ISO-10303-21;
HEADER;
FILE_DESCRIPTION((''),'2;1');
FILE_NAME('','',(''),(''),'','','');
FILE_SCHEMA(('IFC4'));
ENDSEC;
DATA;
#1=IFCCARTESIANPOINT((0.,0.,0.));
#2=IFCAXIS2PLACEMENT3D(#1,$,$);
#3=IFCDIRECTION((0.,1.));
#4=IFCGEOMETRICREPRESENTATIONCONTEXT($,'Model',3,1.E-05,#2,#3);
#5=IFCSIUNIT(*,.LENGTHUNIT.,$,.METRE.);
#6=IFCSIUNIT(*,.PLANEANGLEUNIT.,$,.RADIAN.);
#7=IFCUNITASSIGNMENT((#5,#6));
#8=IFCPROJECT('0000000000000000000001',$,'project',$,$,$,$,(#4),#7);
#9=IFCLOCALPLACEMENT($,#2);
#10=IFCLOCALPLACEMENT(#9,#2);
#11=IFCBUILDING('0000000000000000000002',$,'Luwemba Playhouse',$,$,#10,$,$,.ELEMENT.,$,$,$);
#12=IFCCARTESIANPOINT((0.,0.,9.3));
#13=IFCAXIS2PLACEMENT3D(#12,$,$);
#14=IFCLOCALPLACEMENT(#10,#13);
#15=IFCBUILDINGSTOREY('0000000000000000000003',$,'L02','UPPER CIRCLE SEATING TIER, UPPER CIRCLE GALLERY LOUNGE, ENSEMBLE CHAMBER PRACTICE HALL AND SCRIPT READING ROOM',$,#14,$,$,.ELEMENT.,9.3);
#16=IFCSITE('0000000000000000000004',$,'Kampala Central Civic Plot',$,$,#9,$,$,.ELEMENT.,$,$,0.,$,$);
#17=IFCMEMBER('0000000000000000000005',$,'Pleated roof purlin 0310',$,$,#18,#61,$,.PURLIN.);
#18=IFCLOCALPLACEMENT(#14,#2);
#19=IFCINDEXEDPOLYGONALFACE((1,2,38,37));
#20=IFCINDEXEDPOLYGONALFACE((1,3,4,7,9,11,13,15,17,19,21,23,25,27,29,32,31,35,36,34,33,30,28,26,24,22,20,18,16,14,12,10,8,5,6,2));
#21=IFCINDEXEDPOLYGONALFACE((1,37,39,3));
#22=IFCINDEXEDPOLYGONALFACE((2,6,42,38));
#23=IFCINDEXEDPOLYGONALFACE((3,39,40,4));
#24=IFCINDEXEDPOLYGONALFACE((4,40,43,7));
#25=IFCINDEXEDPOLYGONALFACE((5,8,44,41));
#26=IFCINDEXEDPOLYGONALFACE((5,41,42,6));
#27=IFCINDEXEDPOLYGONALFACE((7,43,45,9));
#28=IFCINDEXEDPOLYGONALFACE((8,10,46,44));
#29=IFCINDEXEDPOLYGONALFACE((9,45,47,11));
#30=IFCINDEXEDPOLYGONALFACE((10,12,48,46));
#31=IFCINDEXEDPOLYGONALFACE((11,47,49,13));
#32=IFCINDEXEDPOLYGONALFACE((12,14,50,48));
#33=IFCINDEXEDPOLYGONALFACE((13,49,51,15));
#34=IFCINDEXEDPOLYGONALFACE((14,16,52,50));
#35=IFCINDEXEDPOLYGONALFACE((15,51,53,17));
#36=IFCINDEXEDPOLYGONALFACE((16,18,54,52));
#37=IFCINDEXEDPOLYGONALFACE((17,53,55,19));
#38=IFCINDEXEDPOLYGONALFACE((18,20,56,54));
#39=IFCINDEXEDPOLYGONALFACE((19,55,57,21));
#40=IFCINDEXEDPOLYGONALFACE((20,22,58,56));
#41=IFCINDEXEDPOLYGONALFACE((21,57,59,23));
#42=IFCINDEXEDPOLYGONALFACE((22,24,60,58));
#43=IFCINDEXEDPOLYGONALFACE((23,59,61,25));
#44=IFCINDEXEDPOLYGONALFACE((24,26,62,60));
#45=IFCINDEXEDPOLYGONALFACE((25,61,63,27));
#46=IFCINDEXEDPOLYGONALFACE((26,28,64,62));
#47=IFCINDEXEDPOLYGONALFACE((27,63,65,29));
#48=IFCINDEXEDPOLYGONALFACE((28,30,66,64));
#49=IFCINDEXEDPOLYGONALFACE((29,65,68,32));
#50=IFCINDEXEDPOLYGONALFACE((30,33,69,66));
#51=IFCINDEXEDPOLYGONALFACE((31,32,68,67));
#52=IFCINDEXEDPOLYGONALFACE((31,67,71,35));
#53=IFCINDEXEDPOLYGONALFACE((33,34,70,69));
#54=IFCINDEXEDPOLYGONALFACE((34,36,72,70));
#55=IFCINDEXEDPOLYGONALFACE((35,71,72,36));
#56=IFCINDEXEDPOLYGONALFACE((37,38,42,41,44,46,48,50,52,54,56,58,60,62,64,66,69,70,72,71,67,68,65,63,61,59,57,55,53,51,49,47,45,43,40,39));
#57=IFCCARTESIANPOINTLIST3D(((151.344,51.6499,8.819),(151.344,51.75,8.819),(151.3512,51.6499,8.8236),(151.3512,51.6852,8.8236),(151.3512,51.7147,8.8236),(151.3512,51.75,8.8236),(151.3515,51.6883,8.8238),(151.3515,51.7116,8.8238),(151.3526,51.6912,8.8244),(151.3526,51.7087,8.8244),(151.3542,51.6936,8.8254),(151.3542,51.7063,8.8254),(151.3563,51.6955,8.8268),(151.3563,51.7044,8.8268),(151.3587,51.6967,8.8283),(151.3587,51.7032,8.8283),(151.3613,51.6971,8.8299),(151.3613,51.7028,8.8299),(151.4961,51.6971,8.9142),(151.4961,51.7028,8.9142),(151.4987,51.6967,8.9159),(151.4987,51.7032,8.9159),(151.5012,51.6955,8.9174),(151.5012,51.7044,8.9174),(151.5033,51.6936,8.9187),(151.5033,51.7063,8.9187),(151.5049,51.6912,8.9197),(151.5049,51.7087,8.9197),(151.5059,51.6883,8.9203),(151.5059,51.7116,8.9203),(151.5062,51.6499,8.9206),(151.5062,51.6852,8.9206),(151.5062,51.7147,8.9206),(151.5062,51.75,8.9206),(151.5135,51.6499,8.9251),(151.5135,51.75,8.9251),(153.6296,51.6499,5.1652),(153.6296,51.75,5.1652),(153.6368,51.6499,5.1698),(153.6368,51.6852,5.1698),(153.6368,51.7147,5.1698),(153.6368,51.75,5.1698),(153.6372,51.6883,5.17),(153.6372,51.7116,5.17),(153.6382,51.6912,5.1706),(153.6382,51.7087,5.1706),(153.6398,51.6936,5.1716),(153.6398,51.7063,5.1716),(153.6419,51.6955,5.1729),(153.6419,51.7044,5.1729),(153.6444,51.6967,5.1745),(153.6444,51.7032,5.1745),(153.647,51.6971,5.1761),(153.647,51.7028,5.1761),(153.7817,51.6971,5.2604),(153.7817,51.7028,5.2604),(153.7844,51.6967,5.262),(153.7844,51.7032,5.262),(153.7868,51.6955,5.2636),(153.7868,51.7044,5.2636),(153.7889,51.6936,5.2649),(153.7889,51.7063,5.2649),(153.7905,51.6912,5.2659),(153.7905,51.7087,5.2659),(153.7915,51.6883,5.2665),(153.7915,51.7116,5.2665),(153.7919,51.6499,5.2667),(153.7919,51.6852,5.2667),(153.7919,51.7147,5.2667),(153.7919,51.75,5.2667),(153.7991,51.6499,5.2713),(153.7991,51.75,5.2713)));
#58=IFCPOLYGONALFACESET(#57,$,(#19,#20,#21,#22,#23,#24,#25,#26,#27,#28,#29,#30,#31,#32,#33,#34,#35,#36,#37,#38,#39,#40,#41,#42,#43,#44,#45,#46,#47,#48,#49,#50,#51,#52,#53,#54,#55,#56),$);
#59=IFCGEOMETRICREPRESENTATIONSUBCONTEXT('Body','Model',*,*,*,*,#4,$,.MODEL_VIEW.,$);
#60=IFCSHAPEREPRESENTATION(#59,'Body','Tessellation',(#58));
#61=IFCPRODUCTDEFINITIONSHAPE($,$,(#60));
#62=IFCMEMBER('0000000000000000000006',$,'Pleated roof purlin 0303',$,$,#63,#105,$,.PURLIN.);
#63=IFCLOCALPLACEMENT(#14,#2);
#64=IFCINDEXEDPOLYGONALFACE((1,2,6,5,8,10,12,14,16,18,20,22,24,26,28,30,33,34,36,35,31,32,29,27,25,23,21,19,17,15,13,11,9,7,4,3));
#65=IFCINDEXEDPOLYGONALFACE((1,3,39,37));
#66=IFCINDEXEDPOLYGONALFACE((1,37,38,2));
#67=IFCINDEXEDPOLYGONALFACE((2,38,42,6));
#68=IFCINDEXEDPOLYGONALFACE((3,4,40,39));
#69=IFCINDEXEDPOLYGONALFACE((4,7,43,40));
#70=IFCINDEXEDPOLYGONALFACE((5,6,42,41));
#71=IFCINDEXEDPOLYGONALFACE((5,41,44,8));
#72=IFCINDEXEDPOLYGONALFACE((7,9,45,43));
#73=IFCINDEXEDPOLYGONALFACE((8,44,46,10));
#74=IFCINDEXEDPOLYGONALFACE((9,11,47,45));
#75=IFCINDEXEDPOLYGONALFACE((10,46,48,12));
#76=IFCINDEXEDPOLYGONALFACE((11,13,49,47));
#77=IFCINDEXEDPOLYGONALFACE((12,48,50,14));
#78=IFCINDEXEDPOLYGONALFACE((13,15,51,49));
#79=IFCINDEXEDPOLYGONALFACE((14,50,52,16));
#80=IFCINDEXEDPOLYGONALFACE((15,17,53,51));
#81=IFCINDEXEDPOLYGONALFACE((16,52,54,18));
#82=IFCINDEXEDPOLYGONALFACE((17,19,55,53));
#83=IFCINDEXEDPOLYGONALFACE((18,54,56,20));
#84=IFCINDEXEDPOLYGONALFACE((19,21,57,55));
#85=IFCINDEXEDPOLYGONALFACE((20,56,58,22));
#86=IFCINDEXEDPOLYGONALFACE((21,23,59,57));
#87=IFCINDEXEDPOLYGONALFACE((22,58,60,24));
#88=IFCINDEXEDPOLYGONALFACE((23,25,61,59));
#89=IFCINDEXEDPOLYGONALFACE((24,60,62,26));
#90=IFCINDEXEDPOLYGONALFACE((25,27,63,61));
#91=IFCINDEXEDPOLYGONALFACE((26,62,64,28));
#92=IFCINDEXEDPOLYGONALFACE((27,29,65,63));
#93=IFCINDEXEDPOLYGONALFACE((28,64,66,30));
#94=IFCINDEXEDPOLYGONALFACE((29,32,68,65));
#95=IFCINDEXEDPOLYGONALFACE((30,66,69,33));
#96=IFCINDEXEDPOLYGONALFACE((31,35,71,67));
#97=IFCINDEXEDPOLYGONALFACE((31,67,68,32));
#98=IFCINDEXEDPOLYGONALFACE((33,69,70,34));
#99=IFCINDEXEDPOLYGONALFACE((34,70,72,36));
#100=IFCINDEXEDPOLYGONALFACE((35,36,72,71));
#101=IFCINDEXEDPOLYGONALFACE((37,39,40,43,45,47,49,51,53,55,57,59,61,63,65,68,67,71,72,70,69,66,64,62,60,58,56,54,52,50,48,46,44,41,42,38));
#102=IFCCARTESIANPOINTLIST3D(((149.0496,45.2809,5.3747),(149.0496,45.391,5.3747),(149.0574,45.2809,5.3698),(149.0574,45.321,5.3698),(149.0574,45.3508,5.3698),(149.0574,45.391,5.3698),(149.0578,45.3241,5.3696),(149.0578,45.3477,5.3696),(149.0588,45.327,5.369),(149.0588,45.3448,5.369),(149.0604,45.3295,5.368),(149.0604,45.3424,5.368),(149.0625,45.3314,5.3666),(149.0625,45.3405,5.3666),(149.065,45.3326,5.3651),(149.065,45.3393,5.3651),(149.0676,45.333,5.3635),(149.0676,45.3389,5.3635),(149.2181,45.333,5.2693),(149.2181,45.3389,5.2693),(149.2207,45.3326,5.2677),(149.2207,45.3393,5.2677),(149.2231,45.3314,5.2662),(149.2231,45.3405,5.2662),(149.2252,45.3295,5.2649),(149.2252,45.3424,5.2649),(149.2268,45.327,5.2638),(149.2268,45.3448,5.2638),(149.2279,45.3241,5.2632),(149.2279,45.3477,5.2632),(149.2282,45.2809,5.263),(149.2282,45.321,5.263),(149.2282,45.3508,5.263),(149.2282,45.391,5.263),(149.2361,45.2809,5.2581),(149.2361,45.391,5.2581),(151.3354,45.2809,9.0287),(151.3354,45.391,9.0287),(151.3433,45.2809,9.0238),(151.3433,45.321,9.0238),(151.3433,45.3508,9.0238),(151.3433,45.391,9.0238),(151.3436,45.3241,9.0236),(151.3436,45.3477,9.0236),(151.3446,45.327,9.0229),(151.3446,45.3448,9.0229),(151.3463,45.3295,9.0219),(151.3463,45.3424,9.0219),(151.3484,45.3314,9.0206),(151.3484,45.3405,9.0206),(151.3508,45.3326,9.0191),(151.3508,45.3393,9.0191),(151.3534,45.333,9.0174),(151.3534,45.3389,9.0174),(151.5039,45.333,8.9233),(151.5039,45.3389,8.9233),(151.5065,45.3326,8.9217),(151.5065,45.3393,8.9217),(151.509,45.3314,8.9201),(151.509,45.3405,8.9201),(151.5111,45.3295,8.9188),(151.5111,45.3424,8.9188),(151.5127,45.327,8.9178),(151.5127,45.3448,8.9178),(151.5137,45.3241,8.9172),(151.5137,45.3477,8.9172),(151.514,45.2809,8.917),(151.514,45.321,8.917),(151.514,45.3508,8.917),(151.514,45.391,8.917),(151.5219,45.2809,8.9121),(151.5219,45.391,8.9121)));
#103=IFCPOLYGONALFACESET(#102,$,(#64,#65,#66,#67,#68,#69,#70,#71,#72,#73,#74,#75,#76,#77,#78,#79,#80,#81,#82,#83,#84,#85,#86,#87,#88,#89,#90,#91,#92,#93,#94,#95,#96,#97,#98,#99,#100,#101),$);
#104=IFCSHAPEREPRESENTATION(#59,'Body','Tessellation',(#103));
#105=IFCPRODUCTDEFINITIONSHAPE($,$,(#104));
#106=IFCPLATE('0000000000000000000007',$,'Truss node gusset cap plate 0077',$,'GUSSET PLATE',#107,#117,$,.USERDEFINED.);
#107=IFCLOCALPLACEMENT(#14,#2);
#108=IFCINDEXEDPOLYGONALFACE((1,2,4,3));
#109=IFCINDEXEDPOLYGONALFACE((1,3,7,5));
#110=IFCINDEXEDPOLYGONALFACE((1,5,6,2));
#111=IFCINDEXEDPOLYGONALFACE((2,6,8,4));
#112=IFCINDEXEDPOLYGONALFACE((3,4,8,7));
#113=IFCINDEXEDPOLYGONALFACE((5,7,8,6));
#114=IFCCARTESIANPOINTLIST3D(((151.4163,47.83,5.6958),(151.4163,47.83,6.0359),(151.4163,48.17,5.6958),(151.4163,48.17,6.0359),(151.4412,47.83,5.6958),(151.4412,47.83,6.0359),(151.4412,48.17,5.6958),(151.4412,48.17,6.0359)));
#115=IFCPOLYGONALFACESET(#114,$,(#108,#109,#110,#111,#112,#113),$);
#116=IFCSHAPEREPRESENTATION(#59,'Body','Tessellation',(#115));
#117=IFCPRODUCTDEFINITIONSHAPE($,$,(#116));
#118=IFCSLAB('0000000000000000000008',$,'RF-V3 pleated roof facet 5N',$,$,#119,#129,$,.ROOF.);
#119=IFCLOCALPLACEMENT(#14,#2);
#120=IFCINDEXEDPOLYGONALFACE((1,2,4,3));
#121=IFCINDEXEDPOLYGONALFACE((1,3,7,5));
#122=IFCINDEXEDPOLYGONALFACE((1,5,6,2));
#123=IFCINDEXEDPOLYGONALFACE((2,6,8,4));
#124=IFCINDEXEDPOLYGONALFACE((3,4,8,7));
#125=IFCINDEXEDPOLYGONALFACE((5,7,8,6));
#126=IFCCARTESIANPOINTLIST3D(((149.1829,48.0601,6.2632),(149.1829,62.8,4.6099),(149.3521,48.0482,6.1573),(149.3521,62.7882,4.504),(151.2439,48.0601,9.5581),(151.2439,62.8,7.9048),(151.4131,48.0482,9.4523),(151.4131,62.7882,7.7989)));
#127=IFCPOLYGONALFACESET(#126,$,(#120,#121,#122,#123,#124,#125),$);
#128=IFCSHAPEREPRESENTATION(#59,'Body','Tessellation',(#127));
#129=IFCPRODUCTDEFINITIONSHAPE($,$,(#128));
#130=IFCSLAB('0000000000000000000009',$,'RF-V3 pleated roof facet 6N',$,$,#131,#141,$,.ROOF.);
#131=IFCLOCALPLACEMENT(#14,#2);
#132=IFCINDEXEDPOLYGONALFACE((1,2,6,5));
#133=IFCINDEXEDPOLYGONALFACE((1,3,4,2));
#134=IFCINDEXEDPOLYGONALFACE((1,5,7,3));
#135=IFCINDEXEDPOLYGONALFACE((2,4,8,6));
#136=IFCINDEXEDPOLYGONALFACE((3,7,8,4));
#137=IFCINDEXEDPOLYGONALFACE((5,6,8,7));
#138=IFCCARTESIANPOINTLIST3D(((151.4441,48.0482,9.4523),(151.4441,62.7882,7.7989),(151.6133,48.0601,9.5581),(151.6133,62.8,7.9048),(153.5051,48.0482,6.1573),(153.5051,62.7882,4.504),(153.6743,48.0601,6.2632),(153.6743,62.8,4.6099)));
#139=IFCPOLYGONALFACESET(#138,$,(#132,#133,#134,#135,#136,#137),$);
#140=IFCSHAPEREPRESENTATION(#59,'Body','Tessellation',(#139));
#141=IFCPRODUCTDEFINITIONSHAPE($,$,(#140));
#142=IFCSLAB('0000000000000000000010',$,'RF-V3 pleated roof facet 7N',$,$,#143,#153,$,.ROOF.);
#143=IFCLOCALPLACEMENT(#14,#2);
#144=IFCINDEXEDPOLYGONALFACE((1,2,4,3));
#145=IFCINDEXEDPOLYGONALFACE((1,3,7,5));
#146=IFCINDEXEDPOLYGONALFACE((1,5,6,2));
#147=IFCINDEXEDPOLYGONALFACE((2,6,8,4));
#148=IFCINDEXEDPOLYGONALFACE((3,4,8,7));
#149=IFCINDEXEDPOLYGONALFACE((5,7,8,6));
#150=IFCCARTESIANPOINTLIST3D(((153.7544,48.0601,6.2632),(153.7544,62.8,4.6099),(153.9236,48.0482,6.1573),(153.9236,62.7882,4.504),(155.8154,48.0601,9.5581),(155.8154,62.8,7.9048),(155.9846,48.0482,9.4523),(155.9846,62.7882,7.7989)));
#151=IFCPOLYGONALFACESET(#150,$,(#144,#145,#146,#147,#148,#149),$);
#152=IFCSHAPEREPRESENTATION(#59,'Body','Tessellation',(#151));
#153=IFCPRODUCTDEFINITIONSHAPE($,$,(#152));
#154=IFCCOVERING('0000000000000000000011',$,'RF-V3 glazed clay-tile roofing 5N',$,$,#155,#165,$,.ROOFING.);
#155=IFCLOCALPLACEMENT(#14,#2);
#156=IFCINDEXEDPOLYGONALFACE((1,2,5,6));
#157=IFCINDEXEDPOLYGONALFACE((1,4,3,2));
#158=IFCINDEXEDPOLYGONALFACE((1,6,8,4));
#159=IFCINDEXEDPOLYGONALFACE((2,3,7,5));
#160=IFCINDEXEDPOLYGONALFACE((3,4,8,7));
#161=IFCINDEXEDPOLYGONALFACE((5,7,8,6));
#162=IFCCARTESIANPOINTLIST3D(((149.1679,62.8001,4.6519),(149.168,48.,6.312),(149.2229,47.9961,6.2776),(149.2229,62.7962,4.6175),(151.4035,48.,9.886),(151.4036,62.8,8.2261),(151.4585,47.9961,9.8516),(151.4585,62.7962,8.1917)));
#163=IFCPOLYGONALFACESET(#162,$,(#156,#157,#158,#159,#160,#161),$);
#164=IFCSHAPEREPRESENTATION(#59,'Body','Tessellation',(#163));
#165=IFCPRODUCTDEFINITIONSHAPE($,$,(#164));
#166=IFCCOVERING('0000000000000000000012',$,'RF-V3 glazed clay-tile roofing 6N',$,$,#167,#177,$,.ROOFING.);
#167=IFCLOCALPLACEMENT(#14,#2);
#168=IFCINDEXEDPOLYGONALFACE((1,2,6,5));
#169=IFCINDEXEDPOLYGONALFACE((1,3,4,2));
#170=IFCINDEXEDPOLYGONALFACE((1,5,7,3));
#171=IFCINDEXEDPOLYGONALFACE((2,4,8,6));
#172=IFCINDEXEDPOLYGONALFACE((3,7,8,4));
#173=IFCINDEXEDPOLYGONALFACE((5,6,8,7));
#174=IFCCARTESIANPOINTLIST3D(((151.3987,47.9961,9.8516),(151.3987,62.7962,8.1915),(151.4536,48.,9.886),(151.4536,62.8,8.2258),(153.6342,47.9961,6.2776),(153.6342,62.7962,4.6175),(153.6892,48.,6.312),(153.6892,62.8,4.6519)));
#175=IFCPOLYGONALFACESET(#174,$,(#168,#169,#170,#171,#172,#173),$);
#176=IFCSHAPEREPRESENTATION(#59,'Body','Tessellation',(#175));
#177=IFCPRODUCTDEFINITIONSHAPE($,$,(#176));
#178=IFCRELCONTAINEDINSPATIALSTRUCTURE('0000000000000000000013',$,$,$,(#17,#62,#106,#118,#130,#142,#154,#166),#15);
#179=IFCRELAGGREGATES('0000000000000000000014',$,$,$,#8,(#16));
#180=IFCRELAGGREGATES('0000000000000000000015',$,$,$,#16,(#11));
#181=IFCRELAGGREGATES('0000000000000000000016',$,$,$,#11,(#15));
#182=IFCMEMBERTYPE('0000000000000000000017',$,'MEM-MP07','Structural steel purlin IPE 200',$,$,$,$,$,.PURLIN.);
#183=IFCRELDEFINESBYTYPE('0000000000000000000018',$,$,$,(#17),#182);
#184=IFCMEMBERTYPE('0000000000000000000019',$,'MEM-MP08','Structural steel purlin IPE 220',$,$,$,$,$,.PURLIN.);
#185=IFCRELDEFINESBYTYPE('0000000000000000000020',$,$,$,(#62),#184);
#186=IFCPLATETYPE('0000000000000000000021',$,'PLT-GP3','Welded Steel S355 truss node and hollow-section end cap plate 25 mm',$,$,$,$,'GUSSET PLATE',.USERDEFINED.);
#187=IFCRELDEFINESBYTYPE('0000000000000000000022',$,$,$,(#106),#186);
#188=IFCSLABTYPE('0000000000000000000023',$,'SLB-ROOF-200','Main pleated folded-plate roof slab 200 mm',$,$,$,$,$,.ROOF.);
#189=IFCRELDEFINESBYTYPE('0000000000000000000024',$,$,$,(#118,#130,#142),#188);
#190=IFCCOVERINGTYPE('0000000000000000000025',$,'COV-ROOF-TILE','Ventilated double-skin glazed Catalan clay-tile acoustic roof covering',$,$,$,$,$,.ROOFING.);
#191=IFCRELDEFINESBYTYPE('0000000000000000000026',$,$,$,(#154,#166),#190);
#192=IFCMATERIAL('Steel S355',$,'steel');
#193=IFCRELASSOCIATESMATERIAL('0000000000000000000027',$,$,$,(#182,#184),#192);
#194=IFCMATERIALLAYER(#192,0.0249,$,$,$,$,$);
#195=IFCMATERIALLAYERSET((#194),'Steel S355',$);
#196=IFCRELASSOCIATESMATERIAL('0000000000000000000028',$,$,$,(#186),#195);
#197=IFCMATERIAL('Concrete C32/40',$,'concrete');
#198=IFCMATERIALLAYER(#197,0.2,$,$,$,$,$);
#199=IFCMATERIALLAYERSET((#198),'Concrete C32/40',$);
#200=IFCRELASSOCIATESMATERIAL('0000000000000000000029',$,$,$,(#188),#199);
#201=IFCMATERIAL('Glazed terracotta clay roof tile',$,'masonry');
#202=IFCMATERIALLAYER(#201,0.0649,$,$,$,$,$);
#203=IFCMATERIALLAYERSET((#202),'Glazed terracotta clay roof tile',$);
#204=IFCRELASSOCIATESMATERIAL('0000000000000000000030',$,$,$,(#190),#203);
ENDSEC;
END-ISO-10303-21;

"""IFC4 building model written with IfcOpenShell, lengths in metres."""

from ifc_helpers import new_model, si_unit, direction, frame, origin, origin_2d, place, context, subcontext, project, spatial, polyline, rectangle, i_section, outline, extrude, material, layer, layer_set, material_profile, profile_set, type_object, element, save


model = new_model("IFC4")

# Units and contexts
model_context = context("Model", 3, precision=1e-05, world=origin(), true_north=direction((0.0, 1.0)))
body_context = subcontext(model_context, "Body", "Model", "MODEL_VIEW")
ifc_project = project(units=[si_unit("LENGTHUNIT", "METRE"), si_unit("PLANEANGLEUNIT", "RADIAN")], contexts=[model_context])

# Site, building, storey
site_placement = place(None, origin())
site = spatial("IfcSite", under=ifc_project, at=site_placement, Name="Kampala Central Civic Plot", CompositionType="ELEMENT", RefElevation=0.0)
building_placement = place(site_placement, origin())
building = spatial("IfcBuilding", under=site, at=building_placement, Name="Luwemba Playhouse", CompositionType="ELEMENT")
storey_placement = place(building_placement, frame((0.0, 0.0, 9.3)))
storey = spatial("IfcBuildingStorey", under=building, at=storey_placement, Name="L02", Description="UPPER CIRCLE SEATING TIER, UPPER CIRCLE GALLERY LOUNGE, ENSEMBLE CHAMBER PRACTICE HALL AND SCRIPT READING ROOM", CompositionType="ELEMENT", Elevation=9.3)

# Shared definitions
ifc_material_1 = material(Name="Steel S355", Category="steel")

# Members
ifc_material_profile_1 = material_profile(ifc_material_1, i_section(OverallWidth=0.1001, OverallDepth=0.2, WebThickness=0.0056, FlangeThickness=0.0085, FilletRadius=0.012, at=origin_2d()))
ifc_profile_set_1 = profile_set([ifc_material_profile_1], Name="Steel S355")
member_type_1 = type_object("IfcMemberType", Name="MEM-MP07", Description="Structural steel purlin IPE 200", PredefinedType="PURLIN", material=ifc_profile_set_1)
member_1_placement = place(storey_placement, frame((151.4287, 51.7, 8.8721), z_axis=(0.530335, 0.0, -0.847788), x_axis=(0.0, 1.0, 0.0)))
element("IfcMember", 1, at=member_1_placement, inside=storey, type_object=member_type_1, Name="Pleated roof purlin 0310", PredefinedType="PURLIN", context=body_context, shape_type="SweptSolid", body=[
    extrude(i_section(OverallWidth=0.1001, OverallDepth=0.2, WebThickness=0.0056, FlangeThickness=0.0085, FilletRadius=0.012, at=origin_2d()), origin(), (0.0, 0.0, 1.0), 4.3098),
])
ifc_material_profile_2 = material_profile(ifc_material_1, i_section(OverallWidth=0.1101, OverallDepth=0.22, WebThickness=0.0059, FlangeThickness=0.0093, FilletRadius=0.012, at=origin_2d()))
ifc_profile_set_2 = profile_set([ifc_material_profile_2], Name="Steel S355")
member_type_2 = type_object("IfcMemberType", Name="MEM-MP08", Description="Structural steel purlin IPE 220", PredefinedType="PURLIN", material=ifc_profile_set_2)
member_2_placement = place(storey_placement, frame((149.1428, 45.3359, 5.3164), z_axis=(0.53035, 0.0, 0.847779), x_axis=(0.0, 1.0, 0.0)))
element("IfcMember", 2, at=member_2_placement, inside=storey, type_object=member_type_2, Name="Pleated roof purlin 0303", PredefinedType="PURLIN", context=body_context, shape_type="SweptSolid", body=[
    extrude(i_section(OverallWidth=0.1101, OverallDepth=0.22, WebThickness=0.0059, FlangeThickness=0.0093, FilletRadius=0.012, at=origin_2d()), origin(), (0.0, 0.0, 1.0), 4.3101),
])

# Plate
ifc_layer_1 = layer(ifc_material_1, 0.0249)
ifc_layer_set_1 = layer_set([ifc_layer_1], Name="Steel S355")
plate_type = type_object("IfcPlateType", Name="PLT-GP3", Description="Welded Steel S355 truss node and hollow-section end cap plate 25 mm", ElementType="GUSSET PLATE", PredefinedType="USERDEFINED", material=ifc_layer_set_1)
plate_placement = place(storey_placement, frame((151.4287, 48.0, 5.6958), z_axis=(0.0, 0.0, 1.0), x_axis=(1.0, 0.0, 0.0)))
element("IfcPlate", 3, at=plate_placement, inside=storey, type_object=plate_type, Name="Truss node gusset cap plate 0077", ObjectType="GUSSET PLATE", PredefinedType="USERDEFINED", context=body_context, shape_type="SweptSolid", body=[
    extrude(rectangle(XDim=0.0249, YDim=0.3401, at=origin_2d()), origin(), (0.0, 0.0, 1.0), 0.3401),
])

# Slabs
ifc_material_2 = material(Name="Concrete C32/40", Category="concrete")
ifc_layer_2 = layer(ifc_material_2, 0.2)
ifc_layer_set_2 = layer_set([ifc_layer_2], Name="Concrete C32/40")
slab_type = type_object("IfcSlabType", Name="SLB-ROOF-200", Description="Main pleated folded-plate roof slab 200 mm", PredefinedType="ROOF", material=ifc_layer_set_2)
slab_1_placement = place(storey_placement, frame((149.1829, 48.0601, 6.2632), z_axis=(-0.846305, 0.059378, 0.529379), x_axis=(0.530315, 0.0, 0.847801)))
element("IfcSlab", 4, at=slab_1_placement, inside=storey, type_object=slab_type, Name="RF-V3 pleated roof facet 5N", PredefinedType="ROOF", context=body_context, shape_type="SweptSolid", body=[
    extrude(outline(polyline([(0.0, 0.0), (3.8864, 0.0), (2.4847, 14.766), (-1.4017, 14.766), (0.0, 0.0)])), origin(), (0.0, 0.0, -1.0), 0.2),
])
slab_2_placement = place(storey_placement, frame((151.6133, 48.0601, 9.5581), z_axis=(0.846305, 0.059378, 0.529379), x_axis=(0.530315, 0.0, -0.847801)))
element("IfcSlab", 5, at=slab_2_placement, inside=storey, type_object=slab_type, Name="RF-V3 pleated roof facet 6N", PredefinedType="ROOF", context=body_context, shape_type="SweptSolid", body=[
    extrude(outline(polyline([(0.0, 0.0), (3.8864, 0.0), (5.2881, 14.766), (1.4017, 14.766), (0.0, 0.0)])), origin(), (0.0, 0.0, -1.0), 0.2),
])
slab_3_placement = place(storey_placement, frame((153.7544, 48.0601, 6.2632), z_axis=(-0.846305, 0.059378, 0.529379), x_axis=(0.530315, 0.0, 0.847801)))
element("IfcSlab", 6, at=slab_3_placement, inside=storey, type_object=slab_type, Name="RF-V3 pleated roof facet 7N", PredefinedType="ROOF", context=body_context, shape_type="SweptSolid", body=[
    extrude(outline(polyline([(0.0, 0.0), (3.8864, 0.0), (2.4847, 14.766), (-1.4017, 14.766), (0.0, 0.0)])), origin(), (0.0, 0.0, -1.0), 0.2),
])

# Coverings
ifc_material_3 = material(Name="Glazed terracotta clay roof tile", Category="masonry")
ifc_layer_3 = layer(ifc_material_3, 0.0649)
ifc_layer_set_3 = layer_set([ifc_layer_3], Name="Glazed terracotta clay roof tile")
covering_type = type_object("IfcCoveringType", Name="COV-ROOF-TILE", Description="Ventilated double-skin glazed Catalan clay-tile acoustic roof covering", PredefinedType="ROOFING", material=ifc_layer_set_3)
covering_1_placement = place(storey_placement, frame((149.168, 48.0, 6.312), z_axis=(-0.846312, 0.059376, 0.529368), x_axis=(0.530303, 0.000001, 0.847808)))
element("IfcCovering", 7, at=covering_1_placement, inside=storey, type_object=covering_type, Name="RF-V3 glazed clay-tile roofing 5N", PredefinedType="ROOFING", context=body_context, shape_type="SweptSolid", body=[
    extrude(outline(polyline([(0.0, 0.0), (4.2156, 0.0), (2.8083, 14.8262), (-1.4075, 14.8262), (0.0, 0.0)])), origin(), (0.0, 0.0, -1.0), 0.0649),
])
covering_2_placement = place(storey_placement, frame((151.4536, 48.0, 9.886), z_axis=(0.846304, 0.059382, 0.529381), x_axis=(0.530316, 0.0, -0.8478)))
element("IfcCovering", 8, at=covering_2_placement, inside=storey, type_object=covering_type, Name="RF-V3 glazed clay-tile roofing 6N", PredefinedType="ROOFING", context=body_context, shape_type="SweptSolid", body=[
    extrude(outline(polyline([(0.0, 0.0), (4.2156, 0.0), (5.6231, 14.8262), (1.4075, 14.8262), (0.0, 0.0)])), origin(), (0.0, 0.0, -1.0), 0.0649),
])

save(model, "model.ifc")
